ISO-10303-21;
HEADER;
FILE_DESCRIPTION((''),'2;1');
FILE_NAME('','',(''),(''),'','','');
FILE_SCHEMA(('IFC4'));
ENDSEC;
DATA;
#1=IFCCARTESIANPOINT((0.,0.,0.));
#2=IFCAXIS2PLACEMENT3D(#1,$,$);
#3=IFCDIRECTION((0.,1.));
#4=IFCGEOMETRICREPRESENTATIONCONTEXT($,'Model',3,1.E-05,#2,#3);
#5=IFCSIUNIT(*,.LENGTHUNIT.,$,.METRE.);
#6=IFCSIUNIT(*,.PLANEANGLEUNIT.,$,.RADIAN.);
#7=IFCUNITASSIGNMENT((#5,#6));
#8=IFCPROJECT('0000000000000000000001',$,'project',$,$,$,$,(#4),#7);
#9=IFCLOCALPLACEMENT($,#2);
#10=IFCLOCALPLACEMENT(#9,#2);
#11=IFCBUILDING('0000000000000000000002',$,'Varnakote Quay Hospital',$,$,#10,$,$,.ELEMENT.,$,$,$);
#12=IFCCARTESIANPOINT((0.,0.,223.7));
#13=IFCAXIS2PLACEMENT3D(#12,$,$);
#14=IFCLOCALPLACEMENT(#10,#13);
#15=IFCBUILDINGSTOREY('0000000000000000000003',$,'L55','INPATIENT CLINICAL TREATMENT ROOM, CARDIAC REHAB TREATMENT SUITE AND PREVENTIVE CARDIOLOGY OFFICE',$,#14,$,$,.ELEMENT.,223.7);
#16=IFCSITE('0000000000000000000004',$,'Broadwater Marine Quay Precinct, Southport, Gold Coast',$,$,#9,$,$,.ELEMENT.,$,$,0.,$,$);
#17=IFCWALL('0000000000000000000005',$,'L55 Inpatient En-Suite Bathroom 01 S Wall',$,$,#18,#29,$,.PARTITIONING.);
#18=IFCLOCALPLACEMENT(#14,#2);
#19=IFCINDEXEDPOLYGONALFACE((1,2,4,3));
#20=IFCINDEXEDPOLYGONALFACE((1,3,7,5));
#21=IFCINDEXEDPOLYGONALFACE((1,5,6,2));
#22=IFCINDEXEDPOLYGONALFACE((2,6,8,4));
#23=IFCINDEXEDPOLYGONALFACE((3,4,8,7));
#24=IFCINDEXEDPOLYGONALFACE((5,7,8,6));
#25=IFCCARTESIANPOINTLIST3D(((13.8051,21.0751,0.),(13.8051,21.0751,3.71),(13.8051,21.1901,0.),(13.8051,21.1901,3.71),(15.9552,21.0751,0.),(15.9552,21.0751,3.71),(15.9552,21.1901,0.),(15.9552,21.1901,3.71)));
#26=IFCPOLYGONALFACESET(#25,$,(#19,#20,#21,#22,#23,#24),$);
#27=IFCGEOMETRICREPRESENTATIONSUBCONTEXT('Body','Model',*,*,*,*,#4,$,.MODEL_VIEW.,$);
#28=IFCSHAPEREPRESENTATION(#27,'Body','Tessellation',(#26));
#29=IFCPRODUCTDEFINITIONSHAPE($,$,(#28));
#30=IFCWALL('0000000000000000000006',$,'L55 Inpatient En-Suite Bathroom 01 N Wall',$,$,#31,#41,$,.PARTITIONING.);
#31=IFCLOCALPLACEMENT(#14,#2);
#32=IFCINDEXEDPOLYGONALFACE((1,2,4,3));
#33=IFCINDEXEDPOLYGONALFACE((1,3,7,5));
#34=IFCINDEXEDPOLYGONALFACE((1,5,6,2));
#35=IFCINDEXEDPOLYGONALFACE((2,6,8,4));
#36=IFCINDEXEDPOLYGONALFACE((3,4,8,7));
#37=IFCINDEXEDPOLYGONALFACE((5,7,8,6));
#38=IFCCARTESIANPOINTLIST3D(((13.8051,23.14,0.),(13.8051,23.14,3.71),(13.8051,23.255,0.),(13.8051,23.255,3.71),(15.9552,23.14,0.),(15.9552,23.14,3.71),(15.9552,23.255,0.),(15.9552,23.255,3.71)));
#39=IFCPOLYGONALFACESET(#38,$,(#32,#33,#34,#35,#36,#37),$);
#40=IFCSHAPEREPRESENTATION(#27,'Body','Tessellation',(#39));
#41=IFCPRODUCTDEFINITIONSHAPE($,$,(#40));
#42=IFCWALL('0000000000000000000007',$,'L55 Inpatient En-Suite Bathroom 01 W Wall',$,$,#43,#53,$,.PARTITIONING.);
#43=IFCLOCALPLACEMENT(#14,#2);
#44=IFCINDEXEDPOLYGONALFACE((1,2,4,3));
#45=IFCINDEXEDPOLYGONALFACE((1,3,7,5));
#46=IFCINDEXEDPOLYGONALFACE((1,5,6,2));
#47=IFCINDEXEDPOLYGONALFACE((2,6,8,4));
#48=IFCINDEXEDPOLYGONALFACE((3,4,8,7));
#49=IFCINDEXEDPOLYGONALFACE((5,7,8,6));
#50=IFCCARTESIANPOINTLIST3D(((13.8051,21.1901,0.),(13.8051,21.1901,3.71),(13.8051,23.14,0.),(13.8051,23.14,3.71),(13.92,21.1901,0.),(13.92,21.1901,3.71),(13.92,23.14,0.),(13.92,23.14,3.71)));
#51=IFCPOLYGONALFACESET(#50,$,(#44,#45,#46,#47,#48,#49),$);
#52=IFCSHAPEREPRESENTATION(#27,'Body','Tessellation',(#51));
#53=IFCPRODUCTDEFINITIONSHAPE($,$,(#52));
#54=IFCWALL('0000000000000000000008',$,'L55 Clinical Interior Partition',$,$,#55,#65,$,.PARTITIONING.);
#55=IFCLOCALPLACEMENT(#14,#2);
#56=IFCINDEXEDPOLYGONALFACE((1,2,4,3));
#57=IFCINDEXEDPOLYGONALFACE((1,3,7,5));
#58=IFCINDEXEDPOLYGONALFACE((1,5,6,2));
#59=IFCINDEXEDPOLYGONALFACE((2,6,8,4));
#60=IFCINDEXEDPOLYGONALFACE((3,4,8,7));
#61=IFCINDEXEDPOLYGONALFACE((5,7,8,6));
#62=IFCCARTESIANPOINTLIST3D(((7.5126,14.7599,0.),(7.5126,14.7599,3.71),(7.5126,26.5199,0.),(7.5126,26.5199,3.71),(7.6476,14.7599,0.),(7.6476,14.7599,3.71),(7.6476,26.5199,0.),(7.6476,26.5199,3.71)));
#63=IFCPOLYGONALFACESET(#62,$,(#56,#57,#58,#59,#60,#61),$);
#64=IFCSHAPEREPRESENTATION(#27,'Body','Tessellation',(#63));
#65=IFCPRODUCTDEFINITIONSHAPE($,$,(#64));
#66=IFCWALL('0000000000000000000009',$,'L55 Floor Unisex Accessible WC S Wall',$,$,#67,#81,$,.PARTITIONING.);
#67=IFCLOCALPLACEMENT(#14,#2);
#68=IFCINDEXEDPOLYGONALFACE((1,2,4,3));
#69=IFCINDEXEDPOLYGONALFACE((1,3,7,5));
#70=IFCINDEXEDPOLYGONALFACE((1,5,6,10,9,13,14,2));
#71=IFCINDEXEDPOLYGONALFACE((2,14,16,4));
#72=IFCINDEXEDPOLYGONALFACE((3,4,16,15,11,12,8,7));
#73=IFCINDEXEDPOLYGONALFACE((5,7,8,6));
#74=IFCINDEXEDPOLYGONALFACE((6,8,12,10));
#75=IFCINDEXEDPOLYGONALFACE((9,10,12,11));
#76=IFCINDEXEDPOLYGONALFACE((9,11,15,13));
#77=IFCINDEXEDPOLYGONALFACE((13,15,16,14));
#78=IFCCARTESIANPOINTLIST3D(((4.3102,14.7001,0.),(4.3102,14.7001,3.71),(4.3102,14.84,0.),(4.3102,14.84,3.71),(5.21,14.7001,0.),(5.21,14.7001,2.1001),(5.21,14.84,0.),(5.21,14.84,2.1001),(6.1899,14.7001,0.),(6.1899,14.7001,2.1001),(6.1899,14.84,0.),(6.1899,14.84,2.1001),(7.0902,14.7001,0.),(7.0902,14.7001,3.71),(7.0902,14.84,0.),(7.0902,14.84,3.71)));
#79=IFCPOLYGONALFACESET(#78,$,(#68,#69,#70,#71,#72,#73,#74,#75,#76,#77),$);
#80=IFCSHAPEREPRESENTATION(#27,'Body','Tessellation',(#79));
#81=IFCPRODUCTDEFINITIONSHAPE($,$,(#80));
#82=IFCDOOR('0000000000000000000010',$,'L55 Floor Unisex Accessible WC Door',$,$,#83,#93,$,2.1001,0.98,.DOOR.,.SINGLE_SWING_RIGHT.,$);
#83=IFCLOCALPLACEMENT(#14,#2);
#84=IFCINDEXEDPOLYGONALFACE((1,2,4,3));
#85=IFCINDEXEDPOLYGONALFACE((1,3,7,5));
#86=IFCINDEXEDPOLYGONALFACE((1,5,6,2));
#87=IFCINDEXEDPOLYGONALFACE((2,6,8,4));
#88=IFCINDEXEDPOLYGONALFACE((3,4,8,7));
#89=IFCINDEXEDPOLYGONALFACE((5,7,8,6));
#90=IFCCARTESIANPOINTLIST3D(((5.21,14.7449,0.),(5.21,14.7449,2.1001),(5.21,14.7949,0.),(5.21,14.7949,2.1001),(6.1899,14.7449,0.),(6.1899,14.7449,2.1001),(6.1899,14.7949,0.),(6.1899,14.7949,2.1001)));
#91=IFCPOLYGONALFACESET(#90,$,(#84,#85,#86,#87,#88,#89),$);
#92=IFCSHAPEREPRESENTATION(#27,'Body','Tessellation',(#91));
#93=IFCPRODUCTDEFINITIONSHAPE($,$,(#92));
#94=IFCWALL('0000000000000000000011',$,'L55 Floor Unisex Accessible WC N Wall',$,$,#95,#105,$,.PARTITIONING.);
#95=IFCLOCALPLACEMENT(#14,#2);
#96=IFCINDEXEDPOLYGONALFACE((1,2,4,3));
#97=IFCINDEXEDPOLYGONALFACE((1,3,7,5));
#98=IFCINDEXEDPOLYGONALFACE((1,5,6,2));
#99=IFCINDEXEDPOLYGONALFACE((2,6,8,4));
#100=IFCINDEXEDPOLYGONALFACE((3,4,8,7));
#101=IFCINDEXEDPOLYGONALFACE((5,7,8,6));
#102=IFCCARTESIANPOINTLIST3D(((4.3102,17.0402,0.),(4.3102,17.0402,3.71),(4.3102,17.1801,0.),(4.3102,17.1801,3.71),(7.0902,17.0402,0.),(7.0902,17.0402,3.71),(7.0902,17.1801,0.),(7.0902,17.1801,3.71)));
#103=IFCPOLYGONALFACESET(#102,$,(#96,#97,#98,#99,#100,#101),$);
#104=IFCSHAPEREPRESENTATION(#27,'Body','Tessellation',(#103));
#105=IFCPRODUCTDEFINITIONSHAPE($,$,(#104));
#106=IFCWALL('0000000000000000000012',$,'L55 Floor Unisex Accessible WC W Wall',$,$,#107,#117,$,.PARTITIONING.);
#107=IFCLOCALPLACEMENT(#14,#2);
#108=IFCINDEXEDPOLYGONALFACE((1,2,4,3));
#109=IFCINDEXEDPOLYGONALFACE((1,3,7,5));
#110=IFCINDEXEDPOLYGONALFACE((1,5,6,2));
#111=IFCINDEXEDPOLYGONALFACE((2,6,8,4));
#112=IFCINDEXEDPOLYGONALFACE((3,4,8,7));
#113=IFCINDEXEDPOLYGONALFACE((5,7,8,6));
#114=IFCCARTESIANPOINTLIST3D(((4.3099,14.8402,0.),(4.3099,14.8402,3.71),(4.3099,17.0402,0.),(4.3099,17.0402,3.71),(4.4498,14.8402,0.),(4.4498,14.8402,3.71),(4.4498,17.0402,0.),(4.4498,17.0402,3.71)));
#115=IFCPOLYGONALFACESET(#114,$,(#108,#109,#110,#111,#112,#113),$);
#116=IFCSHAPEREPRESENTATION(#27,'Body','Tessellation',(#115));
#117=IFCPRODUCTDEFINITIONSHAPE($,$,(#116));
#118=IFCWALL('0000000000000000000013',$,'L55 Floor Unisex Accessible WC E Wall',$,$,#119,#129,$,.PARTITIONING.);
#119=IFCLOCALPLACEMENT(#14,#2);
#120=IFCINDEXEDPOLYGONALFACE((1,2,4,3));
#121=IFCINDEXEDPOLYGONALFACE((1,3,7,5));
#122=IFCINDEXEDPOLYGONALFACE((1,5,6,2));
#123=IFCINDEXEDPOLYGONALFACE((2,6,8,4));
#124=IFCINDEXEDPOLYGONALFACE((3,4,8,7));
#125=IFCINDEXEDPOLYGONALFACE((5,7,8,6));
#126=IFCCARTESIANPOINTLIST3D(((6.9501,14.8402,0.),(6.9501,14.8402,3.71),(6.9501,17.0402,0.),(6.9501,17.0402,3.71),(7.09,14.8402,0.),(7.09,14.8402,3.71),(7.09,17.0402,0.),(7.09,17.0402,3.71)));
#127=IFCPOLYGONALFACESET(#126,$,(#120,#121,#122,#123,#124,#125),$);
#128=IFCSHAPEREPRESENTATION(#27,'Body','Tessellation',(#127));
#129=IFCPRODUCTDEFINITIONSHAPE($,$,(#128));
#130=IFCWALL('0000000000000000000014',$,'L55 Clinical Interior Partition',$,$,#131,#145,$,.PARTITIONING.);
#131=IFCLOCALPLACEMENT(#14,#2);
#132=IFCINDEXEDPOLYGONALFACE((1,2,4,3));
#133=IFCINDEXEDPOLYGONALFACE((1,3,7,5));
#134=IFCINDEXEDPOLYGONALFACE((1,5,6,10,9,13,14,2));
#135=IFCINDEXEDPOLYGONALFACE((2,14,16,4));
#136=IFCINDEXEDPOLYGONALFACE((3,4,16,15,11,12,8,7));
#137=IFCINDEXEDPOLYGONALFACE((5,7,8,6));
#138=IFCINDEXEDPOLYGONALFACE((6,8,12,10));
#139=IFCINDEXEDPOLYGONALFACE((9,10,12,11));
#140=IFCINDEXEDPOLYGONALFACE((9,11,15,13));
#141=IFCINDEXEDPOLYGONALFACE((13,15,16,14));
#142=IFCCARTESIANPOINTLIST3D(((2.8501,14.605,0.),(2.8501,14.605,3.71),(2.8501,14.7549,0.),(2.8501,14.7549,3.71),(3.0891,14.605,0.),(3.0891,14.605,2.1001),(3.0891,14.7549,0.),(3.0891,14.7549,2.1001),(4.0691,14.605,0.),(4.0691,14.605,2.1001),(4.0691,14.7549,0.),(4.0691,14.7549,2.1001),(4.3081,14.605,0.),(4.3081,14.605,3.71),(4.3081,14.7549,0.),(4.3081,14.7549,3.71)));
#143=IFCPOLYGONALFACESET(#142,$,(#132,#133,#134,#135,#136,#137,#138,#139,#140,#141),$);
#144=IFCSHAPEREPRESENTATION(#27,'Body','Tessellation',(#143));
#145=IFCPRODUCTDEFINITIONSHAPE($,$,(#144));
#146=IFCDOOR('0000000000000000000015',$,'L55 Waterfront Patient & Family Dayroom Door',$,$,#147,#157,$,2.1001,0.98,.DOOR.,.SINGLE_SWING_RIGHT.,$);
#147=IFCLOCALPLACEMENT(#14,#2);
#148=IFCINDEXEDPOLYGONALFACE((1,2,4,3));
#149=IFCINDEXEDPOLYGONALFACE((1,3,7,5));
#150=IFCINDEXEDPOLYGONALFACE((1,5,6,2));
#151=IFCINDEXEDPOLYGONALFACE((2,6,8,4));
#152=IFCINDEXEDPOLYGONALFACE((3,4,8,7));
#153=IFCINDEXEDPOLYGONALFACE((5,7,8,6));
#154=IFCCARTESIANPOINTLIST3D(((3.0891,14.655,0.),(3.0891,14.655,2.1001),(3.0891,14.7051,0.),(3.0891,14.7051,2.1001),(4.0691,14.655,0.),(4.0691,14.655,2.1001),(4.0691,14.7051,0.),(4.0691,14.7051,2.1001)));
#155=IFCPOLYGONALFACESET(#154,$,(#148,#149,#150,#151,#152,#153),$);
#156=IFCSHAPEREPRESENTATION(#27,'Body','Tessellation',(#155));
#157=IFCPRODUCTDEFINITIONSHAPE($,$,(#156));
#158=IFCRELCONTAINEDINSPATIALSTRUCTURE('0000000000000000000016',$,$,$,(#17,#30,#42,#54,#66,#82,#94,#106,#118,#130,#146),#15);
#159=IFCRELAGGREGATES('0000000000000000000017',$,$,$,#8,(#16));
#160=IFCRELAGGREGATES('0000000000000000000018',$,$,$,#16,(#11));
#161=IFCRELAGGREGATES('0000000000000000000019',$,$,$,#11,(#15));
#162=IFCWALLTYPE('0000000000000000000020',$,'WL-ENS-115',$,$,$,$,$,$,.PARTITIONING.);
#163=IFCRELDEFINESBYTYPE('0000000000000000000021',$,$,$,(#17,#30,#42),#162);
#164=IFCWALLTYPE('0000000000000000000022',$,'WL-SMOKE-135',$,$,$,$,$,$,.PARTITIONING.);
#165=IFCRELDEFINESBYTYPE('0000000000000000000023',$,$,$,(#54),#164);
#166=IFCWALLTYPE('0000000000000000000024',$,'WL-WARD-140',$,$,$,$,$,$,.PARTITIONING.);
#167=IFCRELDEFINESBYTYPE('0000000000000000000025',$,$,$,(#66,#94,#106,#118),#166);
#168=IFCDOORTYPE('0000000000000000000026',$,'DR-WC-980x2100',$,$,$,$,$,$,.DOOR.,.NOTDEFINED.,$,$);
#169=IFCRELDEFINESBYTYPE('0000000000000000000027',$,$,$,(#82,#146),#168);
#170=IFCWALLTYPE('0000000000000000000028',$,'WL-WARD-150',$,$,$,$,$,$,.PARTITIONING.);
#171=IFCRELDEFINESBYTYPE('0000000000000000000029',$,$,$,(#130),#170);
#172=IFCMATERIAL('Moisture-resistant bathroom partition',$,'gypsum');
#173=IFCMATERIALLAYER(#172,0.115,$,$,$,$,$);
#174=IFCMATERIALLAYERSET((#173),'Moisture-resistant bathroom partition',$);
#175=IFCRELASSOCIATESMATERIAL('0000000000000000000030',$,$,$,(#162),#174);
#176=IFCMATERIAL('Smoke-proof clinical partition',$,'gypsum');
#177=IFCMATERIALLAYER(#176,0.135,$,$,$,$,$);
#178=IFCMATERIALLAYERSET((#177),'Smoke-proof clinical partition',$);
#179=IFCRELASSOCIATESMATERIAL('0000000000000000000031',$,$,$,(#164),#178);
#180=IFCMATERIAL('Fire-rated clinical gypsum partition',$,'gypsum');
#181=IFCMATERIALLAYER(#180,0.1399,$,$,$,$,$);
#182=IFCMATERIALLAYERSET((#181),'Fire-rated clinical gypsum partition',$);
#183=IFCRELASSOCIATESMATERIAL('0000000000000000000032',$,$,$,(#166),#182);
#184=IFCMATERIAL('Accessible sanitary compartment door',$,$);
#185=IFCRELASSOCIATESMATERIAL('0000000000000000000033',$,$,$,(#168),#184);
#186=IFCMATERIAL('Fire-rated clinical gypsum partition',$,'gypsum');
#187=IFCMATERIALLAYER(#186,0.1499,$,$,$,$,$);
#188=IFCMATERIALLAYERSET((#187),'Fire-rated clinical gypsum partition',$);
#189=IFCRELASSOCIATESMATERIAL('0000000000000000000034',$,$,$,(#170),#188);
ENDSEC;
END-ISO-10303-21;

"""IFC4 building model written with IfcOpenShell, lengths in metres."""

from ifc_helpers import new_model, si_unit, direction, frame, frame_2d, origin, place, context, subcontext, project, spatial, rectangle, extrude, material, layer, layer_set, type_object, element, fill, save


model = new_model("IFC4")

# Units and contexts
model_context = context("Model", 3, precision=1e-05, world=origin(), true_north=direction((0.0, 1.0)))
body_context = subcontext(model_context, "Body", "Model", "MODEL_VIEW")
ifc_project = project(units=[si_unit("LENGTHUNIT", "METRE"), si_unit("PLANEANGLEUNIT", "RADIAN")], contexts=[model_context])

# Site, building, storey
site_placement = place(None, origin())
site = spatial("IfcSite", under=ifc_project, at=site_placement, Name="Broadwater Marine Quay Precinct, Southport, Gold Coast", CompositionType="ELEMENT", RefElevation=0.0)
building_placement = place(site_placement, origin())
building = spatial("IfcBuilding", under=site, at=building_placement, Name="Varnakote Quay Hospital", CompositionType="ELEMENT")
storey_placement = place(building_placement, frame((0.0, 0.0, 223.7)))
storey = spatial("IfcBuildingStorey", under=building, at=storey_placement, Name="L55", Description="INPATIENT CLINICAL TREATMENT ROOM, CARDIAC REHAB TREATMENT SUITE AND PREVENTIVE CARDIOLOGY OFFICE", CompositionType="ELEMENT", Elevation=223.7)

# Walls
ifc_material_1 = material(Name="Moisture-resistant bathroom partition", Category="gypsum")
ifc_layer_1 = layer(ifc_material_1, 0.115)
ifc_layer_set_1 = layer_set([ifc_layer_1], Name="Moisture-resistant bathroom partition")
wall_type_1 = type_object("IfcWallType", Name="WL-ENS-115", PredefinedType="PARTITIONING", material=ifc_layer_set_1)
for number, where, z_axis, x_axis, name in (
    (1, (13.8049, 21.1326, 0.0), (0.0, 0.0, 1.0), (1.0, 0.0, 0.0), "L55 Inpatient En-Suite Bathroom 01 S Wall"),
    (2, (13.8049, 23.1975, 0.0), (0.0, 0.0, 1.0), (1.0, 0.0, 0.0), "L55 Inpatient En-Suite Bathroom 01 N Wall"),
):
    element("IfcWall", number, at=place(storey_placement, frame(where, z_axis=z_axis, x_axis=x_axis)), inside=storey, type_object=wall_type_1, Name=name, PredefinedType="PARTITIONING", context=body_context, shape_type="SweptSolid", body=[
        extrude(rectangle(XDim=2.1501, YDim=0.115, at=frame_2d((1.0752, 0.0))), origin(), (0.0, 0.0, 1.0), 3.71),
    ])
wall_1_placement = place(storey_placement, frame((13.8625, 21.1899, 0.0), z_axis=(0.0, 0.0, 1.0), x_axis=(0.0, 1.0, 0.0)))
element("IfcWall", 3, at=wall_1_placement, inside=storey, type_object=wall_type_1, Name="L55 Inpatient En-Suite Bathroom 01 W Wall", PredefinedType="PARTITIONING", context=body_context, shape_type="SweptSolid", body=[
    extrude(rectangle(XDim=1.95, YDim=0.115, at=frame_2d((0.9751, 0.0))), origin(), (0.0, 0.0, 1.0), 3.71),
])
ifc_material_2 = material(Name="Smoke-proof clinical partition", Category="gypsum")
ifc_layer_2 = layer(ifc_material_2, 0.135)
ifc_layer_set_2 = layer_set([ifc_layer_2], Name="Smoke-proof clinical partition")
wall_type_2 = type_object("IfcWallType", Name="WL-SMOKE-135", PredefinedType="PARTITIONING", material=ifc_layer_set_2)
wall_2_placement = place(storey_placement, frame((7.5801, 14.76, 0.0), z_axis=(0.0, 0.0, 1.0), x_axis=(0.0, 1.0, 0.0)))
element("IfcWall", 4, at=wall_2_placement, inside=storey, type_object=wall_type_2, Name="L55 Clinical Interior Partition", PredefinedType="PARTITIONING", context=body_context, shape_type="SweptSolid", body=[
    extrude(rectangle(XDim=11.76, YDim=0.135, at=frame_2d((5.8799, 0.0))), origin(), (0.0, 0.0, 1.0), 3.71),
])

# Wall, opening, door
ifc_material_3 = material(Name="Fire-rated clinical gypsum partition", Category="gypsum")
ifc_layer_3 = layer(ifc_material_3, 0.1399)
ifc_layer_set_3 = layer_set([ifc_layer_3], Name="Fire-rated clinical gypsum partition")
wall_type_3 = type_object("IfcWallType", Name="WL-WARD-140", PredefinedType="PARTITIONING", material=ifc_layer_set_3)
wall_3_placement = place(storey_placement, frame((4.3101, 14.77, 0.0), z_axis=(0.0, 0.0, 1.0), x_axis=(1.0, 0.0, 0.0)))
wall_3 = element("IfcWall", 5, at=wall_3_placement, inside=storey, type_object=wall_type_3, Name="L55 Floor Unisex Accessible WC S Wall", PredefinedType="PARTITIONING", context=body_context, shape_type="SweptSolid", body=[
    extrude(rectangle(XDim=2.78, YDim=0.1399, at=frame_2d((1.3901, 0.0))), origin(), (0.0, 0.0, 1.0), 3.71),
])
opening_1_placement = place(wall_3_placement, frame((0.8999, 0.0, 0.0)))
opening_1 = element("IfcOpeningElement", 6, at=opening_1_placement, cuts=wall_3, PredefinedType="OPENING", context=body_context, shape_type="SweptSolid", body=[
    extrude(rectangle(XDim=0.98, YDim=2.1001, at=frame_2d((0.49, 1.05))), frame((0.0, 0.0798, 0.0), z_axis=(0.0, -1.0, 0.0), x_axis=(1.0, 0.0, 0.0)), (0.0, 0.0, 1.0), 0.1599),
])
ifc_material_4 = material(Name="Accessible sanitary compartment door")
door_type_1 = type_object("IfcDoorType", Name="DR-WC-980x2100", OperationType="NOTDEFINED", PredefinedType="DOOR", material=ifc_material_4)
door_1_placement = place(opening_1_placement, origin())
door_1 = element("IfcDoor", 7, at=door_1_placement, inside=storey, type_object=door_type_1, Name="L55 Floor Unisex Accessible WC Door", OperationType="SINGLE_SWING_RIGHT", OverallHeight=2.1001, OverallWidth=0.98, PredefinedType="DOOR", context=body_context, shape_type="SweptSolid", body=[
    extrude(rectangle(XDim=0.98, YDim=2.1001, at=frame_2d((0.49, 1.05))), frame((0.0, 0.0249, 0.0), z_axis=(0.0, -1.0, 0.0), x_axis=(1.0, 0.0, 0.0)), (0.0, 0.0, 1.0), 0.05),
])
fill(opening_1, door_1)

# Walls
wall_4_placement = place(storey_placement, frame((4.3101, 17.1101, 0.0), z_axis=(0.0, 0.0, 1.0), x_axis=(1.0, 0.0, 0.0)))
element("IfcWall", 8, at=wall_4_placement, inside=storey, type_object=wall_type_3, Name="L55 Floor Unisex Accessible WC N Wall", PredefinedType="PARTITIONING", context=body_context, shape_type="SweptSolid", body=[
    extrude(rectangle(XDim=2.78, YDim=0.1399, at=frame_2d((1.3901, 0.0))), origin(), (0.0, 0.0, 1.0), 3.71),
])
for number, where, z_axis, x_axis, name in (
    (9, (4.3799, 14.8401, 0.0), (0.0, 0.0, 1.0), (0.0, 1.0, 0.0), "L55 Floor Unisex Accessible WC W Wall"),
    (10, (7.02, 14.8401, 0.0), (0.0, 0.0, 1.0), (0.0, 1.0, 0.0), "L55 Floor Unisex Accessible WC E Wall"),
):
    element("IfcWall", number, at=place(storey_placement, frame(where, z_axis=z_axis, x_axis=x_axis)), inside=storey, type_object=wall_type_3, Name=name, PredefinedType="PARTITIONING", context=body_context, shape_type="SweptSolid", body=[
        extrude(rectangle(XDim=2.2, YDim=0.1399, at=frame_2d((1.1001, 0.0))), origin(), (0.0, 0.0, 1.0), 3.71),
    ])

# Wall, opening, door
ifc_material_5 = material(Name="Fire-rated clinical gypsum partition", Category="gypsum")
ifc_layer_4 = layer(ifc_material_5, 0.1499)
ifc_layer_set_4 = layer_set([ifc_layer_4], Name="Fire-rated clinical gypsum partition")
wall_type_4 = type_object("IfcWallType", Name="WL-WARD-150", PredefinedType="PARTITIONING", material=ifc_layer_set_4)
wall_5_placement = place(storey_placement, frame((4.3081, 14.6799, 0.0), z_axis=(0.0, 0.0, 1.0), x_axis=(-1.0, 0.0, 0.0)))
wall_5 = element("IfcWall", 11, at=wall_5_placement, inside=storey, type_object=wall_type_4, Name="L55 Clinical Interior Partition", PredefinedType="PARTITIONING", context=body_context, shape_type="SweptSolid", body=[
    extrude(rectangle(XDim=1.458, YDim=0.1499, at=frame_2d((0.729, 0.0))), origin(), (0.0, 0.0, 1.0), 3.71),
])
opening_2_placement = place(wall_5_placement, frame((0.239, 0.0, 0.0)))
opening_2 = element("IfcOpeningElement", 12, at=opening_2_placement, cuts=wall_5, PredefinedType="OPENING", context=body_context, shape_type="SweptSolid", body=[
    extrude(rectangle(XDim=0.98, YDim=2.1001, at=frame_2d((0.49, 1.05))), frame((0.0, 0.085, 0.0), z_axis=(0.0, -1.0, 0.0), x_axis=(1.0, 0.0, 0.0)), (0.0, 0.0, 1.0), 0.1699),
])
door_2_placement = place(opening_2_placement, origin())
door_2 = element("IfcDoor", 13, at=door_2_placement, inside=storey, type_object=door_type_1, Name="L55 Waterfront Patient & Family Dayroom Door", OperationType="SINGLE_SWING_RIGHT", OverallHeight=2.1001, OverallWidth=0.98, PredefinedType="DOOR", context=body_context, shape_type="SweptSolid", body=[
    extrude(rectangle(XDim=0.98, YDim=2.1001, at=frame_2d((0.49, 1.05))), frame((0.0, 0.0249, 0.0), z_axis=(0.0, -1.0, 0.0), x_axis=(1.0, 0.0, 0.0)), (0.0, 0.0, 1.0), 0.05),
])
fill(opening_2, door_2)

save(model, "model.ifc")
